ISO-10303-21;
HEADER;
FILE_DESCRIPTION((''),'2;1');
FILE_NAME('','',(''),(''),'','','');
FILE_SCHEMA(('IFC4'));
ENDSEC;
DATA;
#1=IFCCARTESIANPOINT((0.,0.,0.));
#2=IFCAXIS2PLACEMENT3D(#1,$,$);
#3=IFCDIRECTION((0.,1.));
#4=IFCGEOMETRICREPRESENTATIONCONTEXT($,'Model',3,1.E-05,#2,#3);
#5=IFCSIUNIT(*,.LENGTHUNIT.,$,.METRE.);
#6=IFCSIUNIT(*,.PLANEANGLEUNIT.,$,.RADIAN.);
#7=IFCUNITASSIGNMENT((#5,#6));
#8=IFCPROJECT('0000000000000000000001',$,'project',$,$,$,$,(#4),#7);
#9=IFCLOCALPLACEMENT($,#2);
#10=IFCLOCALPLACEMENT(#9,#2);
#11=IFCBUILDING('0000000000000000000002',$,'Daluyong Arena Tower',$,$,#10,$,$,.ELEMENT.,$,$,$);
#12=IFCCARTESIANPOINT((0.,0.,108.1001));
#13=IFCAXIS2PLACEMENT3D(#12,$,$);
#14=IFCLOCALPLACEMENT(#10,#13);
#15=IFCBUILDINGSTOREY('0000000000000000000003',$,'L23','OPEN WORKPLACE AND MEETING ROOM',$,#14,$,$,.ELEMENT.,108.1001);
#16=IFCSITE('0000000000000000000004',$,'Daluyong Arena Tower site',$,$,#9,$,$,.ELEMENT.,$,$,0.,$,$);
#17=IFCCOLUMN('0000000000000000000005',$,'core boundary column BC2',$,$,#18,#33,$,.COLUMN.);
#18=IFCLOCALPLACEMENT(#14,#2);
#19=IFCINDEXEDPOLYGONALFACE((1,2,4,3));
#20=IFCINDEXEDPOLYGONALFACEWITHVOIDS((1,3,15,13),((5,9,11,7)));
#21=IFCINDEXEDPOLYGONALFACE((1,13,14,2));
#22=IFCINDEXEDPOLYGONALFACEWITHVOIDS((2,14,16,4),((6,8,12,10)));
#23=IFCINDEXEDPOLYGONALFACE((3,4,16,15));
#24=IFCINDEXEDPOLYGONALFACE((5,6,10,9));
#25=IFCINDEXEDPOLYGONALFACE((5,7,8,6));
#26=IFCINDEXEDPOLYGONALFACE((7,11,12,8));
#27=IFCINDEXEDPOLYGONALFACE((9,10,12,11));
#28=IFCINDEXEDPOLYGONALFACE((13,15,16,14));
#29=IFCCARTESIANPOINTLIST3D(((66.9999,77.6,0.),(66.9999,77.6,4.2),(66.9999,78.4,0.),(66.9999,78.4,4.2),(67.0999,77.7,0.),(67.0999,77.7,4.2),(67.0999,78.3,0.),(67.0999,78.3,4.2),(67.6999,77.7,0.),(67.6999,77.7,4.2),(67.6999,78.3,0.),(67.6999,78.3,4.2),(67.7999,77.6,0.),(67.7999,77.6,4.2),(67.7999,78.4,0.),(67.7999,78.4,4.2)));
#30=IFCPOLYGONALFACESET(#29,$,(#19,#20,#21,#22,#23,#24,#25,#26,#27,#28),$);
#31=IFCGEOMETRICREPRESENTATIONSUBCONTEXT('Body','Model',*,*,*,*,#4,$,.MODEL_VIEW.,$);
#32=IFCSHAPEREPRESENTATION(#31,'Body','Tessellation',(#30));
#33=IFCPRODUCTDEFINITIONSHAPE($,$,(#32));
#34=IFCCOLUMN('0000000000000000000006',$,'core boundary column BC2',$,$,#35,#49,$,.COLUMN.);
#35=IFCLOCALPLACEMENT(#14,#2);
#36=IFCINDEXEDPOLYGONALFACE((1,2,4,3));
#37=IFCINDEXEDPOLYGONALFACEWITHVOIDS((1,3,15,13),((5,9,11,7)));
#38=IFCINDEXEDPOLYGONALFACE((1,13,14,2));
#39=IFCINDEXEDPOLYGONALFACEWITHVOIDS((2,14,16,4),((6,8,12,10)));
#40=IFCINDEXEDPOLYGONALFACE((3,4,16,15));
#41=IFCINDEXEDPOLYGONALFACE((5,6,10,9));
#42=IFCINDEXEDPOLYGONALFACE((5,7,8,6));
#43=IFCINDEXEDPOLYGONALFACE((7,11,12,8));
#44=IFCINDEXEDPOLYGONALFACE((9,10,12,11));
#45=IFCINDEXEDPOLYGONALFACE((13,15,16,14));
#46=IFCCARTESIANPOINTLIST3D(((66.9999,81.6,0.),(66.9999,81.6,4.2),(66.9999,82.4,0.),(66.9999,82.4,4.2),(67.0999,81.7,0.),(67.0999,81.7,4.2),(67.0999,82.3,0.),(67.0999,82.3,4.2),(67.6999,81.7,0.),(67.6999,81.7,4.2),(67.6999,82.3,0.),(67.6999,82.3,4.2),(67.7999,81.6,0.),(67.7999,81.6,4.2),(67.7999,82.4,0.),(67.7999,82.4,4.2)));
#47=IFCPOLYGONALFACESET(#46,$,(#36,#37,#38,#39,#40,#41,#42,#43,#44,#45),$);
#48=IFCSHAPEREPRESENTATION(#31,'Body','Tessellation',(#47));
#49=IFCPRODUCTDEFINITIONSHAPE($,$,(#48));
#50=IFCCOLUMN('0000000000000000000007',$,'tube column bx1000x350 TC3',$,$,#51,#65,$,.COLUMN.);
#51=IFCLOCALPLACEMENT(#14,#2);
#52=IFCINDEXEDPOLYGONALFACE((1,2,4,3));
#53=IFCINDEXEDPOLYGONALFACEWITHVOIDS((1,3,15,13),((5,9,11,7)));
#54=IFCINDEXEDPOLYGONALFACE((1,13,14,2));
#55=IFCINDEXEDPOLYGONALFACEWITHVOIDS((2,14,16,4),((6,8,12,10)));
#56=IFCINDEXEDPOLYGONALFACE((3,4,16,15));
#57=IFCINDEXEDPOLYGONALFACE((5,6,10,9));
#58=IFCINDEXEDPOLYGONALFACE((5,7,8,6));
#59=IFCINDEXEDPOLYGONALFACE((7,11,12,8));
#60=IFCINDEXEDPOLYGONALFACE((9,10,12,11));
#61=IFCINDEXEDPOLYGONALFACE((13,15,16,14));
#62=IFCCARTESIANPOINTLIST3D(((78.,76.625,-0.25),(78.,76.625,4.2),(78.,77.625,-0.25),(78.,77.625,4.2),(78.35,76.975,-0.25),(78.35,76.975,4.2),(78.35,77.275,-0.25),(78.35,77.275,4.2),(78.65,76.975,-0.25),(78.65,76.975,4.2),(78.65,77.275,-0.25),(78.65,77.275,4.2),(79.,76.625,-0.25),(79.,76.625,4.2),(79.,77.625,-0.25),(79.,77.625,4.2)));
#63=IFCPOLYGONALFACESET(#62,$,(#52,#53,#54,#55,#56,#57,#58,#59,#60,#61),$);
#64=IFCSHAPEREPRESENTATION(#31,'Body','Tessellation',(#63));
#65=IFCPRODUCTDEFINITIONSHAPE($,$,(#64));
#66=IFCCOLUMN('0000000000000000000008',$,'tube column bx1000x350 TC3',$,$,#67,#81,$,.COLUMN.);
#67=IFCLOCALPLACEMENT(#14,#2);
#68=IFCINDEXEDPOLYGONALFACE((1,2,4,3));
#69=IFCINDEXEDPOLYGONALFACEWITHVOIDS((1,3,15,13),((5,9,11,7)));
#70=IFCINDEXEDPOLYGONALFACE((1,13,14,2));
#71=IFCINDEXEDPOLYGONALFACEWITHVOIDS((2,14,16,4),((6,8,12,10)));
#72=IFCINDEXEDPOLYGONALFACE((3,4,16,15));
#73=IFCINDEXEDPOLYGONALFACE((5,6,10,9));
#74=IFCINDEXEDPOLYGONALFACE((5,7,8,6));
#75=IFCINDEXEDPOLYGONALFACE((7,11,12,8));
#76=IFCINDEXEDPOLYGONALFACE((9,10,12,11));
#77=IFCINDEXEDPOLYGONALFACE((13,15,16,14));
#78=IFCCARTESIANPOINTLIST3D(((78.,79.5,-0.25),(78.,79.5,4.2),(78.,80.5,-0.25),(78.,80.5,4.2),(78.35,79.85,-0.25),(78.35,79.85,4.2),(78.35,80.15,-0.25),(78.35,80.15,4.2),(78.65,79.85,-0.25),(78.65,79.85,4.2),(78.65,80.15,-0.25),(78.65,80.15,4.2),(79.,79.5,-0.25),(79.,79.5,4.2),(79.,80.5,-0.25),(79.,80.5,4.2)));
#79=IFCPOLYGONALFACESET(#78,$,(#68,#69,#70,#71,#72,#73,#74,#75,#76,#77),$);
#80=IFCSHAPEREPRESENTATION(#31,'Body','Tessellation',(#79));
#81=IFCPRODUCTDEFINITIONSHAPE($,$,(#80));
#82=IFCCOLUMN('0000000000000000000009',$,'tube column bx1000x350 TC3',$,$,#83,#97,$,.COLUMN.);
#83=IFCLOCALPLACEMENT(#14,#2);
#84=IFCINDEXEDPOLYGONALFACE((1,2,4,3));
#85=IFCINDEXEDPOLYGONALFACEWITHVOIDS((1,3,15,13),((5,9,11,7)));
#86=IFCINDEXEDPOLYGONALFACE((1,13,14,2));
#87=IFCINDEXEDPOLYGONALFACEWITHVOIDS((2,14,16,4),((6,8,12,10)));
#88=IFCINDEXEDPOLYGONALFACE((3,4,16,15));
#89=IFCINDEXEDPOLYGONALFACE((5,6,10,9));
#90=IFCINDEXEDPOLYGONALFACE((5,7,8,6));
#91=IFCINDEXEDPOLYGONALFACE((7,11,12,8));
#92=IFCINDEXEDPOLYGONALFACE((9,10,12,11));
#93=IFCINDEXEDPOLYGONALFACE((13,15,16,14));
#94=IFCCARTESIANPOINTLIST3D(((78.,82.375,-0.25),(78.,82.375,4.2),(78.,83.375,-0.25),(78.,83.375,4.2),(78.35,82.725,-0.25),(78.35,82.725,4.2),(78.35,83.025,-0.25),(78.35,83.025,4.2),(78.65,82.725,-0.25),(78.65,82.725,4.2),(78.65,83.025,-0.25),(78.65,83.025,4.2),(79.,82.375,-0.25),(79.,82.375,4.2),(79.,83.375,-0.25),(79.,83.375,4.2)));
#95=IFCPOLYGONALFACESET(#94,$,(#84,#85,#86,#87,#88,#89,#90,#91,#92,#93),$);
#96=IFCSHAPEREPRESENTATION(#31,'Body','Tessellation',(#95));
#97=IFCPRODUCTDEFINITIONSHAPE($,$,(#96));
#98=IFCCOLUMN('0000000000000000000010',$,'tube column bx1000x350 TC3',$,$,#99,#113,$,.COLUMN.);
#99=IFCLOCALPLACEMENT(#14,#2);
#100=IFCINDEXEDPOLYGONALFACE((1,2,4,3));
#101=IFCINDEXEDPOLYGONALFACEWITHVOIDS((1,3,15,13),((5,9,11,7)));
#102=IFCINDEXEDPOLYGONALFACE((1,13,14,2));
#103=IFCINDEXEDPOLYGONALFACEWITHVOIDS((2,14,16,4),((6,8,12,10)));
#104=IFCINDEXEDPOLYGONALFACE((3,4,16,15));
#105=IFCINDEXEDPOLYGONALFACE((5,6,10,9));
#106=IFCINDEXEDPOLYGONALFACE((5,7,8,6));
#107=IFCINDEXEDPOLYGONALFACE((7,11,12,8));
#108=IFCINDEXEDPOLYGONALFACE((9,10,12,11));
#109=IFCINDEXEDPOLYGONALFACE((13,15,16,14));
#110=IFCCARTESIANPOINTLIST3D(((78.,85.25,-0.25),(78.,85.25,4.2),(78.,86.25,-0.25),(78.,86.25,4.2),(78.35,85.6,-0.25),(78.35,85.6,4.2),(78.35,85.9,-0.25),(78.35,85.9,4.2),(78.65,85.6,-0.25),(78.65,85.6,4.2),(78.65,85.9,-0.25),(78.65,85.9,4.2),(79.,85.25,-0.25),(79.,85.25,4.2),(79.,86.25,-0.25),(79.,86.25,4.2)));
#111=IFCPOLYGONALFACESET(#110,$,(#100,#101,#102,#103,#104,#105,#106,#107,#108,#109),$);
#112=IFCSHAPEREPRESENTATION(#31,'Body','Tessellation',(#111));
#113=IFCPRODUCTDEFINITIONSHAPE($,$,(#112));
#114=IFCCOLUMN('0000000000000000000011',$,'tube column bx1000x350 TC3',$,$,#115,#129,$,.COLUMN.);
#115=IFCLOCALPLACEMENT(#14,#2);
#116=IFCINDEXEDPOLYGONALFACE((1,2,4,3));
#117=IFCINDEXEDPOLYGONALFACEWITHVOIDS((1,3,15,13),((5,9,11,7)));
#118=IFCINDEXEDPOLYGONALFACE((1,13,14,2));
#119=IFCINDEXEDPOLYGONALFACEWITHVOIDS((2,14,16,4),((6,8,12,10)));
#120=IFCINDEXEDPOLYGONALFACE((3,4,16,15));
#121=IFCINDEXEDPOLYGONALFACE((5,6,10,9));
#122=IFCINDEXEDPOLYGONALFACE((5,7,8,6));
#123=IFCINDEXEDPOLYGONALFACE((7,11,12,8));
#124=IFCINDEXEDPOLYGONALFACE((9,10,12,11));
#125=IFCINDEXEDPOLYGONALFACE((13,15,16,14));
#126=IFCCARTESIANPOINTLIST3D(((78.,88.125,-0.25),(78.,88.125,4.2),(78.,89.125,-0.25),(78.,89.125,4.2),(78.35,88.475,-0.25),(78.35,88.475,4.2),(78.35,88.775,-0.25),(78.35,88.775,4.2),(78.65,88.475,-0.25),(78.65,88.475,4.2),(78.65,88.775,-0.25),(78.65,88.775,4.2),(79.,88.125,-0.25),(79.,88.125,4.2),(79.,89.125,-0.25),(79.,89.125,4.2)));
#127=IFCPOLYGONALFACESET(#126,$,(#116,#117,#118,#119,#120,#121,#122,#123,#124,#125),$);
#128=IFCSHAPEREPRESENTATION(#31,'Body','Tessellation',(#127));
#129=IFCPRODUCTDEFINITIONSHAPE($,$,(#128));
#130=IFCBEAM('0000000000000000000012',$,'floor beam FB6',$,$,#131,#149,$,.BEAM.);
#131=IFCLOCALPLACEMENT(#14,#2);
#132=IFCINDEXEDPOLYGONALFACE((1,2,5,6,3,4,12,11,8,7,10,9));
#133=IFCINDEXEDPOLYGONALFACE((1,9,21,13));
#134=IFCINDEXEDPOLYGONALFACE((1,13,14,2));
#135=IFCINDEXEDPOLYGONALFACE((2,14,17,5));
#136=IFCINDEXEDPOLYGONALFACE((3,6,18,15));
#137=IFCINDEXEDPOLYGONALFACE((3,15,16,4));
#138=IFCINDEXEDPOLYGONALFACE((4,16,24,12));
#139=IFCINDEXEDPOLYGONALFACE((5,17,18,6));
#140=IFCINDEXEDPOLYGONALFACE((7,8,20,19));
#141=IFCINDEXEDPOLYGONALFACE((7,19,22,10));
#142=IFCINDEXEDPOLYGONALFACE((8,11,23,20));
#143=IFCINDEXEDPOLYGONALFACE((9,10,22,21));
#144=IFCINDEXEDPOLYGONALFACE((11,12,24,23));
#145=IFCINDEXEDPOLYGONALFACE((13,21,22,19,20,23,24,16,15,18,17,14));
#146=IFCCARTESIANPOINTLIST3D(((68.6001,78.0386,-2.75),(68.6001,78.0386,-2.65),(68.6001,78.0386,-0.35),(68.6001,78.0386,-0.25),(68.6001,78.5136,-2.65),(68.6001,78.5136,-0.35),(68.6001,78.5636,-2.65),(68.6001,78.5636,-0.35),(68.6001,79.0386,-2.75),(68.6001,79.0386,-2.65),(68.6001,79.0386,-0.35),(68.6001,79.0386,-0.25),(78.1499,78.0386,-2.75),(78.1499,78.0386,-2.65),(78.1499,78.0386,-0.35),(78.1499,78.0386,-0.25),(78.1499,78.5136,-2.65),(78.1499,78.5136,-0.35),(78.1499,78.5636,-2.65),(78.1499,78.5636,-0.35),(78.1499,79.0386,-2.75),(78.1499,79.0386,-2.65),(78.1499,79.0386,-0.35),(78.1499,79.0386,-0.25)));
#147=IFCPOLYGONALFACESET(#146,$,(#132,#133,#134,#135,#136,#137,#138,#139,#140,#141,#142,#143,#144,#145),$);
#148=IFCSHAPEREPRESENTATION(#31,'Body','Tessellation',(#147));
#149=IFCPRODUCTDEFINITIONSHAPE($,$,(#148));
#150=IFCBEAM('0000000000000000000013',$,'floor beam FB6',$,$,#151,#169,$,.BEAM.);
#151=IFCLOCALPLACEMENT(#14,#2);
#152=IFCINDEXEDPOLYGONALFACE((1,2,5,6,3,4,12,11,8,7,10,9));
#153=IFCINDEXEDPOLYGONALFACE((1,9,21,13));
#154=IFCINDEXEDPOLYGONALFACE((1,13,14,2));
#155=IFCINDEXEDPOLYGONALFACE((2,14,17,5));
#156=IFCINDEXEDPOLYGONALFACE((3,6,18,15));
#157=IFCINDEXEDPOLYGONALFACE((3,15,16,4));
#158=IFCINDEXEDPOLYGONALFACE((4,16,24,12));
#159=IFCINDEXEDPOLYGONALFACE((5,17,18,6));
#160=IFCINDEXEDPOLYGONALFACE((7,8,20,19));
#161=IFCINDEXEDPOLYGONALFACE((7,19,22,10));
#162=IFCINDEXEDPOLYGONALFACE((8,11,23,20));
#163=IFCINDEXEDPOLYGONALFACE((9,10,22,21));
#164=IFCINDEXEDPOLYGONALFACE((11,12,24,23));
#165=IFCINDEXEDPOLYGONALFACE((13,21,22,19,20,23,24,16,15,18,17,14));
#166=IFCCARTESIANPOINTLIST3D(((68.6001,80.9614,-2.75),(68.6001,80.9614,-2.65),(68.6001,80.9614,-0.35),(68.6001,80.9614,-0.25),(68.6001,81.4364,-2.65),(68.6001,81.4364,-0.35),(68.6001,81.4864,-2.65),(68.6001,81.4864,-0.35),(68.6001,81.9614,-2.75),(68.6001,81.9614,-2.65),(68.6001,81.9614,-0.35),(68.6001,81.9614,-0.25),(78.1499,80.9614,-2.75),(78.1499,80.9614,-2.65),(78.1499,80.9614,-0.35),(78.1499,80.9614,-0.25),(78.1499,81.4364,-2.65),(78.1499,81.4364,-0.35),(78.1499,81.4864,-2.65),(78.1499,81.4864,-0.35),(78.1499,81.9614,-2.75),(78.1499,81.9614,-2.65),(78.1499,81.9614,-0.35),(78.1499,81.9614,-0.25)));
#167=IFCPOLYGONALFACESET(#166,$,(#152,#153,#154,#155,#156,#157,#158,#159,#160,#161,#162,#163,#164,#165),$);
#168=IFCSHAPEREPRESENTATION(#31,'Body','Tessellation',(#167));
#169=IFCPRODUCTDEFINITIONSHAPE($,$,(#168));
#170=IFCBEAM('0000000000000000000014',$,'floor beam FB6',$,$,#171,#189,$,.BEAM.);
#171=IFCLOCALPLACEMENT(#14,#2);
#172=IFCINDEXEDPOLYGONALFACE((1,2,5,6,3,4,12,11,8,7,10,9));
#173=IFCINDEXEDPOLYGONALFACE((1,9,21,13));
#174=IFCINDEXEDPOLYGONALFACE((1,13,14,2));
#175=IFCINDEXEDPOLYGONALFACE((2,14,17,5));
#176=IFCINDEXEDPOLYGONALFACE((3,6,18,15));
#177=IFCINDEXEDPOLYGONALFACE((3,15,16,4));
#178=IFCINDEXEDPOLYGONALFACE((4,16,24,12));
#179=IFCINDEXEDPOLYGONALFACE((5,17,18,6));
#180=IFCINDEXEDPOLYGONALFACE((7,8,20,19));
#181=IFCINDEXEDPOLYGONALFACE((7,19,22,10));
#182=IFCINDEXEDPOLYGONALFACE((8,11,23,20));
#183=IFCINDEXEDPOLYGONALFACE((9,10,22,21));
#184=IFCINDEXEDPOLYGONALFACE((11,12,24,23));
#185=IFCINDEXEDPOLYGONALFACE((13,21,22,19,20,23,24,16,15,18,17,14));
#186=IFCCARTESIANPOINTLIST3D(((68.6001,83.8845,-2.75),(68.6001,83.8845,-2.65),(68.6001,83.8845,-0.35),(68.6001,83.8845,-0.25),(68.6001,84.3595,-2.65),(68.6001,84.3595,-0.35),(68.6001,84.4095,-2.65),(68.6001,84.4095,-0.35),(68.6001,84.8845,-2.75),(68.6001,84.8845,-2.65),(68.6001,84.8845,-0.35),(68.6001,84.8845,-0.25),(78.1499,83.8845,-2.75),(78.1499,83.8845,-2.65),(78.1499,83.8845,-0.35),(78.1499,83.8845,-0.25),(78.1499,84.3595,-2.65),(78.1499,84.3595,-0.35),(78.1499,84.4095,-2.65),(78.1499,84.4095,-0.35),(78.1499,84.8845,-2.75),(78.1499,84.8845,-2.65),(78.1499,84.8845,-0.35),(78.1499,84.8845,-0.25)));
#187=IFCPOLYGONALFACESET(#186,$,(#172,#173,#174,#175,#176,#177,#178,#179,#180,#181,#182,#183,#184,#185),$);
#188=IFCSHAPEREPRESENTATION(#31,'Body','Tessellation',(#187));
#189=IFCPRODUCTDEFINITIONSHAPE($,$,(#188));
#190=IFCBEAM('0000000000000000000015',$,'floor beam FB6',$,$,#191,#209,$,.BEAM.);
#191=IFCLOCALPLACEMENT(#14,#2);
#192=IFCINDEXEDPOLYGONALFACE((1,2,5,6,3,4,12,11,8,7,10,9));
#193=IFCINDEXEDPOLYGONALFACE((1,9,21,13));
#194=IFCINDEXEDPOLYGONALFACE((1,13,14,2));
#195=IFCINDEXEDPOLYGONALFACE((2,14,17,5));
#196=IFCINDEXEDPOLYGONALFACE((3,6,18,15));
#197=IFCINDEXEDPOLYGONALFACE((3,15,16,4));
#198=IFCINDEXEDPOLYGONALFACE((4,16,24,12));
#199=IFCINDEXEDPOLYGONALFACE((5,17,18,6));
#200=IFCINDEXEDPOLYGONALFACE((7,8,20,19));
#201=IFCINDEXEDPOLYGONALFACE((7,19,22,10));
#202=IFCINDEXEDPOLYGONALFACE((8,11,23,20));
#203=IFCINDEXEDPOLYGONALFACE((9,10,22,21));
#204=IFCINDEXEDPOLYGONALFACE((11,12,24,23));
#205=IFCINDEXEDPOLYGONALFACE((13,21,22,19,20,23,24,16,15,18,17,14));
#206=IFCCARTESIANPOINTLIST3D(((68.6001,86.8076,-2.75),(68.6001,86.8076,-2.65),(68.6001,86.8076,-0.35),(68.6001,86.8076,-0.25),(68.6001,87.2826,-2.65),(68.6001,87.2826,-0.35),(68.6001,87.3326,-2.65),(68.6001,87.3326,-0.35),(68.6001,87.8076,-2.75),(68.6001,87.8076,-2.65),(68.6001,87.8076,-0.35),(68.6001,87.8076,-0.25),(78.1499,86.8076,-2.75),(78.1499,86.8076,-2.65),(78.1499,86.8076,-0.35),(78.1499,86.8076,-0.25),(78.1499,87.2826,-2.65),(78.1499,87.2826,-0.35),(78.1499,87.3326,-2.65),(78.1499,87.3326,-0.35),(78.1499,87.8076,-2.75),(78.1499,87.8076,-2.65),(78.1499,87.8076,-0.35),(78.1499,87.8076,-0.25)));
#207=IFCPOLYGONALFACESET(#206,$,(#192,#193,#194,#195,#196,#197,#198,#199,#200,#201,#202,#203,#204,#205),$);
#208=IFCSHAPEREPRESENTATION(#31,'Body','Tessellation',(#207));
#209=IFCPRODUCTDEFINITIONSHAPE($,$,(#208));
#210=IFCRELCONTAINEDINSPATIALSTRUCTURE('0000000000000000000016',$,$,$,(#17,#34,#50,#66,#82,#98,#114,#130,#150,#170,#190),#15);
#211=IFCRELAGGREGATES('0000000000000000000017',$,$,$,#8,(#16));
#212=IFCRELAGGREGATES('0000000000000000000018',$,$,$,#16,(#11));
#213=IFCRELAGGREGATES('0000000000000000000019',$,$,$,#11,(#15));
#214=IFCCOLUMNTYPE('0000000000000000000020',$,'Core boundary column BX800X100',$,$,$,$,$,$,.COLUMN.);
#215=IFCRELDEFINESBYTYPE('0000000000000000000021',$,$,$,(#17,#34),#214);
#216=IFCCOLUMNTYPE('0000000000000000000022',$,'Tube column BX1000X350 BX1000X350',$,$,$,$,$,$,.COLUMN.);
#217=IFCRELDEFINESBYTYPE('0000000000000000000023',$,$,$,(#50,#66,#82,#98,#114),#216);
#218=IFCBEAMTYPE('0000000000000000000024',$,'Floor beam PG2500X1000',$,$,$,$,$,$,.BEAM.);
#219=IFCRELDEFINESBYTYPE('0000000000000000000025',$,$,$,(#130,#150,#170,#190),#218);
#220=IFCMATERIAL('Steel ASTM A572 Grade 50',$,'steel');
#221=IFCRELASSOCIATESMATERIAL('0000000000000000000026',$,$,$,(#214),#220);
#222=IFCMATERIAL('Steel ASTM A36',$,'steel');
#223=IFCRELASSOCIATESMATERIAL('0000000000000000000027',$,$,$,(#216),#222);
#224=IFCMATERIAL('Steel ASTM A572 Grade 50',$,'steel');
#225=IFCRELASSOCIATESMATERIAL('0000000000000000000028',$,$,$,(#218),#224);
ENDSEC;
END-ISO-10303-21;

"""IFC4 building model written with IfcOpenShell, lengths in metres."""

from ifc_helpers import new_model, si_unit, direction, frame, origin, origin_2d, place, context, subcontext, project, spatial, hollow_rectangle, i_section, extrude, material, material_profile, profile_set, type_object, element, save


model = new_model("IFC4")

# Units and contexts
model_context = context("Model", 3, precision=1e-05, world=origin(), true_north=direction((0.0, 1.0)))
body_context = subcontext(model_context, "Body", "Model", "MODEL_VIEW")
ifc_project = project(units=[si_unit("LENGTHUNIT", "METRE"), si_unit("PLANEANGLEUNIT", "RADIAN")], contexts=[model_context])

# Site, building, storey
site_placement = place(None, origin())
site = spatial("IfcSite", under=ifc_project, at=site_placement, Name="Daluyong Arena Tower site", CompositionType="ELEMENT", RefElevation=0.0)
building_placement = place(site_placement, origin())
building = spatial("IfcBuilding", under=site, at=building_placement, Name="Daluyong Arena Tower", CompositionType="ELEMENT")
storey_placement = place(building_placement, frame((0.0, 0.0, 108.1001)))
storey = spatial("IfcBuildingStorey", under=building, at=storey_placement, Name="L23", Description="OPEN WORKPLACE AND MEETING ROOM", CompositionType="ELEMENT", Elevation=108.1001)

# Columns
ifc_material_1 = material(Name="Steel ASTM A572 Grade 50", Category="steel")
ifc_material_profile_1 = material_profile(ifc_material_1, hollow_rectangle(XDim=0.8, YDim=0.8, WallThickness=0.1, at=origin_2d()))
ifc_profile_set_1 = profile_set([ifc_material_profile_1], Name="Steel ASTM A572 Grade 50")
column_type_1 = type_object("IfcColumnType", Name="Core boundary column BX800X100", PredefinedType="COLUMN", material=ifc_profile_set_1)
for number, where, z_axis, x_axis, name in (
    (1, (67.3999, 78.0, 0.0), (0.0, 0.0, 1.0), (1.0, 0.0, 0.0), "core boundary column BC2"),
    (2, (67.3999, 82.0, 0.0), (0.0, 0.0, 1.0), (1.0, 0.0, 0.0), "core boundary column BC2"),
):
    element("IfcColumn", number, at=place(storey_placement, frame(where, z_axis=z_axis, x_axis=x_axis)), inside=storey, type_object=column_type_1, Name=name, PredefinedType="COLUMN", context=body_context, shape_type="SweptSolid", body=[
        extrude(hollow_rectangle(XDim=0.8, YDim=0.8, WallThickness=0.1, at=origin_2d()), origin(), (0.0, 0.0, 1.0), 4.2),
    ])
ifc_material_2 = material(Name="Steel ASTM A36", Category="steel")
ifc_material_profile_2 = material_profile(ifc_material_2, hollow_rectangle(XDim=1.0, YDim=1.0, WallThickness=0.35, at=origin_2d()))
ifc_profile_set_2 = profile_set([ifc_material_profile_2], Name="Steel ASTM A36")
column_type_2 = type_object("IfcColumnType", Name="Tube column BX1000X350 BX1000X350", PredefinedType="COLUMN", material=ifc_profile_set_2)
for number, where, z_axis, x_axis, name in (
    (3, (78.5, 77.125, -0.25), (0.0, 0.0, 1.0), (0.0, 1.0, 0.0), "tube column bx1000x350 TC3"),
    (4, (78.5, 80.0, -0.25), (0.0, 0.0, 1.0), (0.0, 1.0, 0.0), "tube column bx1000x350 TC3"),
    (5, (78.5, 82.875, -0.25), (0.0, 0.0, 1.0), (0.0, 1.0, 0.0), "tube column bx1000x350 TC3"),
    (6, (78.5, 85.75, -0.25), (0.0, 0.0, 1.0), (0.0, 1.0, 0.0), "tube column bx1000x350 TC3"),
    (7, (78.5, 88.625, -0.25), (0.0, 0.0, 1.0), (0.0, 1.0, 0.0), "tube column bx1000x350 TC3"),
):
    element("IfcColumn", number, at=place(storey_placement, frame(where, z_axis=z_axis, x_axis=x_axis)), inside=storey, type_object=column_type_2, Name=name, PredefinedType="COLUMN", context=body_context, shape_type="SweptSolid", body=[
        extrude(hollow_rectangle(XDim=1.0, YDim=1.0, WallThickness=0.35, at=origin_2d()), origin(), (0.0, 0.0, 1.0), 4.45),
    ])

# Beams
ifc_material_3 = material(Name="Steel ASTM A572 Grade 50", Category="steel")
ifc_material_profile_3 = material_profile(ifc_material_3, i_section(OverallWidth=1.0, OverallDepth=2.5, WebThickness=0.05, FlangeThickness=0.1, at=origin_2d()))
ifc_profile_set_3 = profile_set([ifc_material_profile_3], Name="Steel ASTM A572 Grade 50")
beam_type_1 = type_object("IfcBeamType", Name="Floor beam PG2500X1000", PredefinedType="BEAM", material=ifc_profile_set_3)
for number, where, z_axis, x_axis, name in (
    (8, (78.1499, 78.5386, -1.5), (-1.0, 0.0, 0.0), (0.0, -1.0, 0.0), "floor beam FB6"),
    (9, (78.1499, 81.4614, -1.5), (-1.0, 0.0, 0.0), (0.0, -1.0, 0.0), "floor beam FB6"),
    (10, (78.1499, 84.3845, -1.5), (-1.0, 0.0, 0.0), (0.0, -1.0, 0.0), "floor beam FB6"),
    (11, (78.1499, 87.3076, -1.5), (-1.0, 0.0, 0.0), (0.0, -1.0, 0.0), "floor beam FB6"),
):
    element("IfcBeam", number, at=place(storey_placement, frame(where, z_axis=z_axis, x_axis=x_axis)), inside=storey, type_object=beam_type_1, Name=name, PredefinedType="BEAM", context=body_context, shape_type="SweptSolid", body=[
        extrude(i_section(OverallWidth=1.0, OverallDepth=2.5, WebThickness=0.05, FlangeThickness=0.1, at=origin_2d()), origin(), (0.0, 0.0, 1.0), 9.5498),
    ])

save(model, "model.ifc")
